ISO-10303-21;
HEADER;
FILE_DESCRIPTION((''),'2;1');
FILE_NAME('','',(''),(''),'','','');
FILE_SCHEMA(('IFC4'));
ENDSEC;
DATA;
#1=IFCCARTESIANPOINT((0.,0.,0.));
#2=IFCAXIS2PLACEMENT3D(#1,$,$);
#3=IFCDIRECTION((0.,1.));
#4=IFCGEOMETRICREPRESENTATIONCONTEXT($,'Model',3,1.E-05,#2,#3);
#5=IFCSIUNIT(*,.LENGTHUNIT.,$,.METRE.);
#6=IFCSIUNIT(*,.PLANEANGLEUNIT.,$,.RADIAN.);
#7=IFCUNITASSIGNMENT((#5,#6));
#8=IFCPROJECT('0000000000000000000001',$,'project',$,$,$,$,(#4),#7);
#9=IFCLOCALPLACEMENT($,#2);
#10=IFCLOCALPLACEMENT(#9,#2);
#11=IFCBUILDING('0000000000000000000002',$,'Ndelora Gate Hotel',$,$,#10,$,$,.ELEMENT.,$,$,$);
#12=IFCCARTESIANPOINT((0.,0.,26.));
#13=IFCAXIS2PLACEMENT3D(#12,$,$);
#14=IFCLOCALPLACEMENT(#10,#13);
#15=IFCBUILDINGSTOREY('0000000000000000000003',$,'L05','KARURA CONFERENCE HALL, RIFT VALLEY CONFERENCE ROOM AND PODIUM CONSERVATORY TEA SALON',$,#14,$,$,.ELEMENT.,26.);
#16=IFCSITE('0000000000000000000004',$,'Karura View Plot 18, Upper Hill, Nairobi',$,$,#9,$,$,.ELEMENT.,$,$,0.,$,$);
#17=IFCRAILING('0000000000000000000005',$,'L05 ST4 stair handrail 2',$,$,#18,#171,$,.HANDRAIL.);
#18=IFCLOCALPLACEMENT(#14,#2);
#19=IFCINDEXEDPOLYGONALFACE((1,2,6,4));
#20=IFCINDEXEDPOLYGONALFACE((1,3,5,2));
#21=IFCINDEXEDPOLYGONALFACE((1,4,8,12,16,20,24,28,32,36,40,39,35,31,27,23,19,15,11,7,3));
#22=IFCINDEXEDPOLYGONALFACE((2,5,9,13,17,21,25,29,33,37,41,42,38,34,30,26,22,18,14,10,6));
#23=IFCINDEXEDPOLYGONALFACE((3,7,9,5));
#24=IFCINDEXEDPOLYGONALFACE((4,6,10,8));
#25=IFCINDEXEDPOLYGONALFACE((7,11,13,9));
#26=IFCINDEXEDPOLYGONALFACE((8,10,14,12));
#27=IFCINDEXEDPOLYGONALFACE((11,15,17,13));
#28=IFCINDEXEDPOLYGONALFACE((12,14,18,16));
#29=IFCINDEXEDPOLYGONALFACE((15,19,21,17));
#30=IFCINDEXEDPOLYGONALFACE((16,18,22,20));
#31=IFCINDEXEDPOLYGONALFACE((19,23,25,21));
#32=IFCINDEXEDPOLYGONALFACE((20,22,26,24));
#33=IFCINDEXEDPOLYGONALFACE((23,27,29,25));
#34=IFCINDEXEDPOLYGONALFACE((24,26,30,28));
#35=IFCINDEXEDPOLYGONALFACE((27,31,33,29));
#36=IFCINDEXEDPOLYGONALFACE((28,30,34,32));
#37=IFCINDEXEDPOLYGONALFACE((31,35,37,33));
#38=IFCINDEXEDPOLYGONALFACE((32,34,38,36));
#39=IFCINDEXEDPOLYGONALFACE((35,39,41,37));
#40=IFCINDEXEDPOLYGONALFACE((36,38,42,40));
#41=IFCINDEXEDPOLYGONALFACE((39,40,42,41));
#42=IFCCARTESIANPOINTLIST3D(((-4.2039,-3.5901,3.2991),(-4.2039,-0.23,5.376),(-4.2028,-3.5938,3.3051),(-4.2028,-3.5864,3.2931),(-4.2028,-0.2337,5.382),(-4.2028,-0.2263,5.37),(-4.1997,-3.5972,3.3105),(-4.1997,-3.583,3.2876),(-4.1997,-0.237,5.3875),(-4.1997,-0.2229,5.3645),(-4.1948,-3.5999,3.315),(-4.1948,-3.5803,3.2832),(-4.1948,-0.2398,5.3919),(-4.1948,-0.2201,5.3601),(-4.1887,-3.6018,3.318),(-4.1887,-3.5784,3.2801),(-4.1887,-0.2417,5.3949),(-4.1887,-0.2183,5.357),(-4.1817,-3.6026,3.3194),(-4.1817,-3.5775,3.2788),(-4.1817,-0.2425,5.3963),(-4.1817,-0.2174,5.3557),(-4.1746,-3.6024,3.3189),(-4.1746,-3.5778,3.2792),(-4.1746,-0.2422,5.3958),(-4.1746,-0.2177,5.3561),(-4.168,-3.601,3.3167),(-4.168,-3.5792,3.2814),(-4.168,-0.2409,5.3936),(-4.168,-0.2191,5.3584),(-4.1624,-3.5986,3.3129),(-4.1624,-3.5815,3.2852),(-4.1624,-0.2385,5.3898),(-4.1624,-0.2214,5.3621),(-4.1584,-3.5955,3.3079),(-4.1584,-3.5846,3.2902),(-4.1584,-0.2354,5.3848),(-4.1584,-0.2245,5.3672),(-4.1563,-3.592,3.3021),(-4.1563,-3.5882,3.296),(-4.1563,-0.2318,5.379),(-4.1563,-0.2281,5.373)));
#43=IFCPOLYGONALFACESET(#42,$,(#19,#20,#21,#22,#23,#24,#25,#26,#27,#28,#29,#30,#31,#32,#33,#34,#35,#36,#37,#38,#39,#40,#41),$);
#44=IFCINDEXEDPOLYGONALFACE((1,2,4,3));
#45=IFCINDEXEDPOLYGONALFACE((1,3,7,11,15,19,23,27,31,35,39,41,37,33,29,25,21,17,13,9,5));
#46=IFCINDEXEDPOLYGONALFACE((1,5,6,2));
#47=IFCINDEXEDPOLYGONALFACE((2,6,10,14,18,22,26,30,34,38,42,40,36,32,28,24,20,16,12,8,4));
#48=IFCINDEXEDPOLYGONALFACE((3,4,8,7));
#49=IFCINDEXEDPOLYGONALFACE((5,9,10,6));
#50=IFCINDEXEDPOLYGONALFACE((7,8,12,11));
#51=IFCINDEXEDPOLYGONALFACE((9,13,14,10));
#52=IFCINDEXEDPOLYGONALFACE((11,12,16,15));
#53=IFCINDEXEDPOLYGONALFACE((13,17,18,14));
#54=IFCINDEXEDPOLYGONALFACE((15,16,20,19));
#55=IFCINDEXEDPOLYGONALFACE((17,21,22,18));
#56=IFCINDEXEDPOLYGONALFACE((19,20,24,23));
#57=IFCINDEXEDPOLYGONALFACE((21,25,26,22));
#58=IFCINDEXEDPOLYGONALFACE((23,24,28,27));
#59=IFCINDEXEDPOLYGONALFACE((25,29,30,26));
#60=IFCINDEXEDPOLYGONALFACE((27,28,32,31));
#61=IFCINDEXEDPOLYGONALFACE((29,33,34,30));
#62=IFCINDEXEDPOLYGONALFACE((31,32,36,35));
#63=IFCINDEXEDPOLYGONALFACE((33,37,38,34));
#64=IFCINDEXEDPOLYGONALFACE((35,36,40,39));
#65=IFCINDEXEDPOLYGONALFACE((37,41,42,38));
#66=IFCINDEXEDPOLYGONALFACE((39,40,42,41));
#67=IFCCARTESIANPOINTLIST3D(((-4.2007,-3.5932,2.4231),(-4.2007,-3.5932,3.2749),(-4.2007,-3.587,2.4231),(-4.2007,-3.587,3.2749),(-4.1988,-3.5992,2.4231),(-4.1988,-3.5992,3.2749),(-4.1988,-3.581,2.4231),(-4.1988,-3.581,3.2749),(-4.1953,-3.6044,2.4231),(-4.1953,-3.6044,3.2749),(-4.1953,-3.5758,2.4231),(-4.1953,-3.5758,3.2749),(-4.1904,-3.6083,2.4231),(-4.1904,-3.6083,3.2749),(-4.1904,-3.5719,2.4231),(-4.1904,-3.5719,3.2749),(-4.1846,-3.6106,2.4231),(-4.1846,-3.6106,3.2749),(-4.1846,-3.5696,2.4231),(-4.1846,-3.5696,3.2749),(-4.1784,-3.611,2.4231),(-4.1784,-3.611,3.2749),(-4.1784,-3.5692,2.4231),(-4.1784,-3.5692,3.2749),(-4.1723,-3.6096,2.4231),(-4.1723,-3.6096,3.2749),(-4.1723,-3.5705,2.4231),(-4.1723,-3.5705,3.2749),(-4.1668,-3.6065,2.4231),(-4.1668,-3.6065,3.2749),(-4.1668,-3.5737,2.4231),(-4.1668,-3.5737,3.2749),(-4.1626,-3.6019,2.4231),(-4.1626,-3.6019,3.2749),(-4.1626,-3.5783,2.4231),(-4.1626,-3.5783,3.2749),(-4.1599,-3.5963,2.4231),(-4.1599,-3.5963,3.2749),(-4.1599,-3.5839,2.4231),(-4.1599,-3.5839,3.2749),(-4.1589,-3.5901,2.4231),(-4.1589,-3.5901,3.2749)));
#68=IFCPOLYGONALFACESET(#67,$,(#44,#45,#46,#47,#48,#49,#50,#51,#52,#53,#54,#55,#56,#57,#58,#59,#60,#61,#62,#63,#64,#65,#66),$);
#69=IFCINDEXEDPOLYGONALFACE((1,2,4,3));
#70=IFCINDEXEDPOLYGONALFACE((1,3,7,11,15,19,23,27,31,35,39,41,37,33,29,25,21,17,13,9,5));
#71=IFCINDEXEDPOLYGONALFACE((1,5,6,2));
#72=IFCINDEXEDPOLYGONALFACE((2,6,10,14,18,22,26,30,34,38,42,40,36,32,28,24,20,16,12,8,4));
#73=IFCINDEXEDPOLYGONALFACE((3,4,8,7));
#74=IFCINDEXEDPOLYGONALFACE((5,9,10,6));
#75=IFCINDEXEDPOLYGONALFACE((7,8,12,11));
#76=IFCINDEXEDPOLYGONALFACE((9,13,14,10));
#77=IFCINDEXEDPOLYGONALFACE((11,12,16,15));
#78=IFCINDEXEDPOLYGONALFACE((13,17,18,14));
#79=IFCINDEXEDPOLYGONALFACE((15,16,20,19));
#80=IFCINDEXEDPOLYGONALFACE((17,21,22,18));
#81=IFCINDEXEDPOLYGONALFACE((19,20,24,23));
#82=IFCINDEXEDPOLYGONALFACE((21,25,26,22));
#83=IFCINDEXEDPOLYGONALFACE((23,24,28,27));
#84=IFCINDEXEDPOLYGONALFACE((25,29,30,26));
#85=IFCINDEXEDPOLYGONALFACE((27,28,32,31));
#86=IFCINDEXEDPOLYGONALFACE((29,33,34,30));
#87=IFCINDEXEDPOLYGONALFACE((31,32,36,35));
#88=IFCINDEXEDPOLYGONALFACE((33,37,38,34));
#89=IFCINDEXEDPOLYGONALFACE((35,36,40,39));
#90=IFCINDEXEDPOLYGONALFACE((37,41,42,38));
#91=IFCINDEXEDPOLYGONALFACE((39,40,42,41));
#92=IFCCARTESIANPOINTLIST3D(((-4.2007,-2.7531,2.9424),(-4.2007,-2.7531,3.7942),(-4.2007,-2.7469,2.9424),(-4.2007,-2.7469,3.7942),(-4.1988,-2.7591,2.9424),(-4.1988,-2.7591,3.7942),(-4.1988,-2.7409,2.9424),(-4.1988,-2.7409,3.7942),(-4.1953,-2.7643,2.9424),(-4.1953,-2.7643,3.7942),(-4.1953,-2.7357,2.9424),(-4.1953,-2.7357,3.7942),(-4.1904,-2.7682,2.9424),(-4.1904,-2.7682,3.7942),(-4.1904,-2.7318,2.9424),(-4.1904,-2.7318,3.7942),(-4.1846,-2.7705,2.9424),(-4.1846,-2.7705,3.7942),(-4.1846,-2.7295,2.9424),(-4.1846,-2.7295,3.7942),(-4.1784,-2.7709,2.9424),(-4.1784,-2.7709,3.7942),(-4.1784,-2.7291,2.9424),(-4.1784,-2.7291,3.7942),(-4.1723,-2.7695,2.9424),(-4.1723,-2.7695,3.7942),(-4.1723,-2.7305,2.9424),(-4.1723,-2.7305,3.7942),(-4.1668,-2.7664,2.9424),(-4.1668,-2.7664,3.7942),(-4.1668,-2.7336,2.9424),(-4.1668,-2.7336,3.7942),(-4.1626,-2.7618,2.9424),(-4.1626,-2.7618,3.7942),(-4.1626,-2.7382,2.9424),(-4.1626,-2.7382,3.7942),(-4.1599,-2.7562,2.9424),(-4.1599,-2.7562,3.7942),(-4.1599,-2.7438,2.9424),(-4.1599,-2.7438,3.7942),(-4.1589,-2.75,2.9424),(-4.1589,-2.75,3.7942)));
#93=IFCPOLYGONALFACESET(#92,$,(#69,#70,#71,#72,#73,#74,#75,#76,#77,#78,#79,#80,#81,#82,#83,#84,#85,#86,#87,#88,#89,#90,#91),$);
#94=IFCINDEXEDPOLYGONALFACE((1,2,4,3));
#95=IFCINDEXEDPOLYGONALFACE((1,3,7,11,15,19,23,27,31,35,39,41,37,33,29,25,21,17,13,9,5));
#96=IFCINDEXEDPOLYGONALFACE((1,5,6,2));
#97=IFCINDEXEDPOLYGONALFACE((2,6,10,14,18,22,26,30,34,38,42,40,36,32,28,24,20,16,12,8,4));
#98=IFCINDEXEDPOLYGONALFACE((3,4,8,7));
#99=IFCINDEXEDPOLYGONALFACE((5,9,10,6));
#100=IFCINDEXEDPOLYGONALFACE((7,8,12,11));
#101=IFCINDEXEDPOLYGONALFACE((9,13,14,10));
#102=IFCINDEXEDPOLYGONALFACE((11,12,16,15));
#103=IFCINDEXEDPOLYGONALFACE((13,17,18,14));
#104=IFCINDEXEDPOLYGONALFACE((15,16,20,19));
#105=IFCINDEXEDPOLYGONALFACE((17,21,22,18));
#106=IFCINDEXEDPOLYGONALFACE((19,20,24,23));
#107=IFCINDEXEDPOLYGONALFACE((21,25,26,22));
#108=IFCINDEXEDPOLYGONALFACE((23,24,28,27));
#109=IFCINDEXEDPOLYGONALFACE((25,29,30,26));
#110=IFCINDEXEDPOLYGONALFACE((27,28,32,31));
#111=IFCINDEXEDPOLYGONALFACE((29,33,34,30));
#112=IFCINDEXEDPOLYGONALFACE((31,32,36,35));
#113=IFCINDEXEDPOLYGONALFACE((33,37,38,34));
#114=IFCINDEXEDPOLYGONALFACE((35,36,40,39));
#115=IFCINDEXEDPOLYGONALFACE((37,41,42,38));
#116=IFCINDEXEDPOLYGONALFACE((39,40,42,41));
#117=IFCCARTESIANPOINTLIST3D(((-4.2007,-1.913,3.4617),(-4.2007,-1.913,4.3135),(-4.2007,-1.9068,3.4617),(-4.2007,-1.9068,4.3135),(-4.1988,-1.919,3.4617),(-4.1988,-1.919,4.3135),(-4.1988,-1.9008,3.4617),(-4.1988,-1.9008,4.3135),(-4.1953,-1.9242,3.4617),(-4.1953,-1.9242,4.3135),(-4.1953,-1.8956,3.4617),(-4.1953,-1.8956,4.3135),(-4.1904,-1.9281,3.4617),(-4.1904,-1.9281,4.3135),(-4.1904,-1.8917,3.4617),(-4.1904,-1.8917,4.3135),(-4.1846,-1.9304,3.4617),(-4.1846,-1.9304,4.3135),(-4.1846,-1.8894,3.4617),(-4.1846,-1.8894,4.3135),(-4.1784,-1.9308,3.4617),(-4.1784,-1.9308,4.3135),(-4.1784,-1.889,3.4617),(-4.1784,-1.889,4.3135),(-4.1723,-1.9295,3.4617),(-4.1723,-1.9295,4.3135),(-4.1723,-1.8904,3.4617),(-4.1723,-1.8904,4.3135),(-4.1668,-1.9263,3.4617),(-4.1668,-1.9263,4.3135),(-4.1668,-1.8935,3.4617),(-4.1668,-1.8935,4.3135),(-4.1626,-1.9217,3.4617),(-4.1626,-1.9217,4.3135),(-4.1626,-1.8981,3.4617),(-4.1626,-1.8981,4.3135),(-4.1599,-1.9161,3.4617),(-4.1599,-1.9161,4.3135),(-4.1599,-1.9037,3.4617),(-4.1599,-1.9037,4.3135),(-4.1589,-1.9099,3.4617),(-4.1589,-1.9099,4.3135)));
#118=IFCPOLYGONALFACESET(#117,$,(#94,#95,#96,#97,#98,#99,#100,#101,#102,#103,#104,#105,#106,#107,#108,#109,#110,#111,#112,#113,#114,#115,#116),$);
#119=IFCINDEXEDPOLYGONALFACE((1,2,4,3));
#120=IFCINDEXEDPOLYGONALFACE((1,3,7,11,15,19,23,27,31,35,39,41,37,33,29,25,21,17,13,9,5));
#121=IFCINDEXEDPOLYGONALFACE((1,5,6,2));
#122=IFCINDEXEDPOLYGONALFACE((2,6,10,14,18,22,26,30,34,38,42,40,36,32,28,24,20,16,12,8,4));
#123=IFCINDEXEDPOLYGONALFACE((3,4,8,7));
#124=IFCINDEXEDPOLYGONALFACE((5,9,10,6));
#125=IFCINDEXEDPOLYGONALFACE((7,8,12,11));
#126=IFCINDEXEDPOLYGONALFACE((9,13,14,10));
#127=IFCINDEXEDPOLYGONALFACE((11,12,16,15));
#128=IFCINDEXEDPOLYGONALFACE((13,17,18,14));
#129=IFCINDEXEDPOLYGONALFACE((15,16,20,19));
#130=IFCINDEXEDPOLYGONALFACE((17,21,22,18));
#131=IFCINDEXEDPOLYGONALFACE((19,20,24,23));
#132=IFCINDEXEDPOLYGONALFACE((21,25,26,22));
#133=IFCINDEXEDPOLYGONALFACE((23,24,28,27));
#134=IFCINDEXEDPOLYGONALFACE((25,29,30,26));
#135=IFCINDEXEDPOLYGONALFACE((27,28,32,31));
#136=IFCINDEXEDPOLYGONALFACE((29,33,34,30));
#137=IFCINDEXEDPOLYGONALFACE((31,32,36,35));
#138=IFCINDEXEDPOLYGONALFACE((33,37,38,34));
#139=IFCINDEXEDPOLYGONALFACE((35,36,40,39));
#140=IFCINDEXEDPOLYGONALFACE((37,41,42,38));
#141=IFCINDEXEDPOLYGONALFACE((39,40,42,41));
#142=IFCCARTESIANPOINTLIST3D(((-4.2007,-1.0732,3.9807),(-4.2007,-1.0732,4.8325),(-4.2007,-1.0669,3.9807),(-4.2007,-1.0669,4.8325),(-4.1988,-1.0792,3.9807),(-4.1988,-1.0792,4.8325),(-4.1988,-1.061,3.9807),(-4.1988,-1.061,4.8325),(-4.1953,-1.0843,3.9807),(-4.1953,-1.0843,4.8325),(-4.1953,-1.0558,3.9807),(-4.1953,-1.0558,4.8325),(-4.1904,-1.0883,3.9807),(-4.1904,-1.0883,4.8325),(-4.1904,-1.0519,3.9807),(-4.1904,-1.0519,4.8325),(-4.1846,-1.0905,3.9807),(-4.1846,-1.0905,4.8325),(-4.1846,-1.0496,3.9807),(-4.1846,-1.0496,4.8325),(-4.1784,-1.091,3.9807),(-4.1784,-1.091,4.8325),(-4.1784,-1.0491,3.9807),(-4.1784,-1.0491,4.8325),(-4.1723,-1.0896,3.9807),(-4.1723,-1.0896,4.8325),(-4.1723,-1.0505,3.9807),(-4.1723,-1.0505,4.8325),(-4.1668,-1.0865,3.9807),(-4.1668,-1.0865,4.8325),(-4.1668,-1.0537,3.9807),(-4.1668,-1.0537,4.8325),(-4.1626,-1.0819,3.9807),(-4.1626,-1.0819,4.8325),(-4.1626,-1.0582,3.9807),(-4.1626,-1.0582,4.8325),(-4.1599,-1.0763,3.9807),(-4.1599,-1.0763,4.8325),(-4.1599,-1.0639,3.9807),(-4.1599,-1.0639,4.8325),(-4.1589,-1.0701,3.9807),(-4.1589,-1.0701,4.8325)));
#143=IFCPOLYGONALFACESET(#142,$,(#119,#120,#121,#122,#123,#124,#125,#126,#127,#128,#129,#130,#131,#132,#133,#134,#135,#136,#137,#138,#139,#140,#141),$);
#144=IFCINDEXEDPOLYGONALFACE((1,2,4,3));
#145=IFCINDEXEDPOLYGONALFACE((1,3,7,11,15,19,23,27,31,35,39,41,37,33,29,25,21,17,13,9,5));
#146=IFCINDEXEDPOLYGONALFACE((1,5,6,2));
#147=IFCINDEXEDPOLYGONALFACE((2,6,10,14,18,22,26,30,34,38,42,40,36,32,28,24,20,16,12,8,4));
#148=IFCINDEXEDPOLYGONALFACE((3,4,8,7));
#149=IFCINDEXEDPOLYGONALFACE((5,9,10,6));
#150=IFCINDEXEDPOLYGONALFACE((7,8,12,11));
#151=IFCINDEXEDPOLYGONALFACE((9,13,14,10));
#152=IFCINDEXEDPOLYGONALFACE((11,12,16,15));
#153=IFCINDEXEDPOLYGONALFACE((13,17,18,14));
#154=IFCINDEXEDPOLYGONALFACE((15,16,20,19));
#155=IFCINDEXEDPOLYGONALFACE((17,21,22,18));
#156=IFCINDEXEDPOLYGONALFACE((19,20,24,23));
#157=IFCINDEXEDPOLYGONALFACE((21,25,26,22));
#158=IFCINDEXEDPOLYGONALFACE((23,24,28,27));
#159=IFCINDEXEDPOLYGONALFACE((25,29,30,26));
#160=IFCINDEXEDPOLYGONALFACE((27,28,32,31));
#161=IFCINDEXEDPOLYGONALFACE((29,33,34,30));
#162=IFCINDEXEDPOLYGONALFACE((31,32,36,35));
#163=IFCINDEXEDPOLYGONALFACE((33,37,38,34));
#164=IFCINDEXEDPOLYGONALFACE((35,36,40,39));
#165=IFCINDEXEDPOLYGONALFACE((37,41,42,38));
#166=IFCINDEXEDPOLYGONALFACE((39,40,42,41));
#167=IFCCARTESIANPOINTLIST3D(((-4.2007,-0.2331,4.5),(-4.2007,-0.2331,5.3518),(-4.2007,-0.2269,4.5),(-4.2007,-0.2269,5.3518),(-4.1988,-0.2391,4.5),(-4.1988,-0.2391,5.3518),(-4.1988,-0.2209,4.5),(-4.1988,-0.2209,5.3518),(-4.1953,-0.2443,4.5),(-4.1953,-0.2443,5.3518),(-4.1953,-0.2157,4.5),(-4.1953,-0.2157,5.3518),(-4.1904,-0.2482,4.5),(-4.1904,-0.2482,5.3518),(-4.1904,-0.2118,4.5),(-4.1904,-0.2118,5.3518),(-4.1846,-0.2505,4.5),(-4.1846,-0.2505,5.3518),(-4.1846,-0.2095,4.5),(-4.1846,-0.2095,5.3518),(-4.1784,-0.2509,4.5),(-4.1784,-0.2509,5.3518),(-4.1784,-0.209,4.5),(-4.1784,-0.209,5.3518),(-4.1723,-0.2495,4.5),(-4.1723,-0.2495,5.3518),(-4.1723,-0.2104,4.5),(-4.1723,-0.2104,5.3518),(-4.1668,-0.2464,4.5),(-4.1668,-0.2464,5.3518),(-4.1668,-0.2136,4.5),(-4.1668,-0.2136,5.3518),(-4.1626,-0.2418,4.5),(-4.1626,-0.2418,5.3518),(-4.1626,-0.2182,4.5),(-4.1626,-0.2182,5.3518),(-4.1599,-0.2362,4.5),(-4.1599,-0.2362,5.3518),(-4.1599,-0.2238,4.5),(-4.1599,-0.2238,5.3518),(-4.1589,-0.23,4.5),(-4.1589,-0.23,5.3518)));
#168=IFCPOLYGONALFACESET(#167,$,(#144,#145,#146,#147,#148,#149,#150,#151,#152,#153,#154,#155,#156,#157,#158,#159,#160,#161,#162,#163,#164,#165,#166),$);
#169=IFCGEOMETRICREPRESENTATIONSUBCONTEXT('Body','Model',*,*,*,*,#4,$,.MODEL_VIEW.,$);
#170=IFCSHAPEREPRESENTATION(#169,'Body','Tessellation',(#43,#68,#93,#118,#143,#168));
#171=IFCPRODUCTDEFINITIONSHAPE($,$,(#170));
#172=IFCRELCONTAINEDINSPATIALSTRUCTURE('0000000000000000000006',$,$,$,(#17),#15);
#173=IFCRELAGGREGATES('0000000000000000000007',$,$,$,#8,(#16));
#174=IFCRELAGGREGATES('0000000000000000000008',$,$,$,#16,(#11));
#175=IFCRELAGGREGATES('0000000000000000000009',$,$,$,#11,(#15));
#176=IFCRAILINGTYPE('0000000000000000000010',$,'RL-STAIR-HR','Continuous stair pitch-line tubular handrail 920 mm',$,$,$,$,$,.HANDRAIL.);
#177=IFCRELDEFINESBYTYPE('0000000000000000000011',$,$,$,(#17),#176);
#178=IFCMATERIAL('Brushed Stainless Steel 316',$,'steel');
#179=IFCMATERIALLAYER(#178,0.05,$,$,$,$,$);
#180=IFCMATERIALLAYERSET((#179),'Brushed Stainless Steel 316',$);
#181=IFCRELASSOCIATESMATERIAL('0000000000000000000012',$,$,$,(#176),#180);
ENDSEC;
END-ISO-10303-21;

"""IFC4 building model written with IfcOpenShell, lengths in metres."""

from ifc_helpers import new_model, si_unit, direction, frame, origin, origin_2d, place, context, subcontext, project, spatial, circle, extrude, material, layer, layer_set, type_object, element, save


model = new_model("IFC4")

# Units and contexts
model_context = context("Model", 3, precision=1e-05, world=origin(), true_north=direction((0.0, 1.0)))
body_context = subcontext(model_context, "Body", "Model", "MODEL_VIEW")
ifc_project = project(units=[si_unit("LENGTHUNIT", "METRE"), si_unit("PLANEANGLEUNIT", "RADIAN")], contexts=[model_context])

# Site, building, storey
site_placement = place(None, origin())
site = spatial("IfcSite", under=ifc_project, at=site_placement, Name="Karura View Plot 18, Upper Hill, Nairobi", CompositionType="ELEMENT", RefElevation=0.0)
building_placement = place(site_placement, origin())
building = spatial("IfcBuilding", under=site, at=building_placement, Name="Ndelora Gate Hotel", CompositionType="ELEMENT")
storey_placement = place(building_placement, frame((0.0, 0.0, 26.0)))
storey = spatial("IfcBuildingStorey", under=building, at=storey_placement, Name="L05", Description="KARURA CONFERENCE HALL, RIFT VALLEY CONFERENCE ROOM AND PODIUM CONSERVATORY TEA SALON", CompositionType="ELEMENT", Elevation=26.0)

# Railing
ifc_material_1 = material(Name="Brushed Stainless Steel 316", Category="steel")
ifc_layer_1 = layer(ifc_material_1, 0.05)
ifc_layer_set_1 = layer_set([ifc_layer_1], Name="Brushed Stainless Steel 316")
railing_type_1 = type_object("IfcRailingType", Name="RL-STAIR-HR", Description="Continuous stair pitch-line tubular handrail 920 mm", PredefinedType="HANDRAIL", material=ifc_layer_set_1)
railing_1_placement = place(storey_placement, frame((-4.1799, -3.5901, 2.4231)))
element("IfcRailing", 1, at=railing_1_placement, inside=storey, type_object=railing_type_1, Name="L05 ST4 stair handrail 2", PredefinedType="HANDRAIL", context=body_context, shape_type="SweptSolid", body=[
    extrude(circle(Radius=0.0239, at=origin_2d()), frame((0.0, 0.0, 0.876), z_axis=(0.0, 0.850623, 0.525776), x_axis=(-1.0, 0.0, 0.0)), (0.0, 0.0, 1.0), 3.9502),
    extrude(circle(Radius=0.021, at=origin_2d()), origin(), (0.0, 0.0, 1.0), 0.8518),
    extrude(circle(Radius=0.021, at=origin_2d()), frame((0.0, 0.8401, 0.5193)), (0.0, 0.0, 1.0), 0.8518),
    extrude(circle(Radius=0.021, at=origin_2d()), frame((0.0, 1.6802, 1.0386)), (0.0, 0.0, 1.0), 0.8518),
    extrude(circle(Radius=0.021, at=origin_2d()), frame((0.0, 2.52, 1.5576)), (0.0, 0.0, 1.0), 0.8518),
    extrude(circle(Radius=0.021, at=origin_2d()), frame((0.0, 3.3601, 2.0769)), (0.0, 0.0, 1.0), 0.8518),
])

save(model, "model.ifc")
